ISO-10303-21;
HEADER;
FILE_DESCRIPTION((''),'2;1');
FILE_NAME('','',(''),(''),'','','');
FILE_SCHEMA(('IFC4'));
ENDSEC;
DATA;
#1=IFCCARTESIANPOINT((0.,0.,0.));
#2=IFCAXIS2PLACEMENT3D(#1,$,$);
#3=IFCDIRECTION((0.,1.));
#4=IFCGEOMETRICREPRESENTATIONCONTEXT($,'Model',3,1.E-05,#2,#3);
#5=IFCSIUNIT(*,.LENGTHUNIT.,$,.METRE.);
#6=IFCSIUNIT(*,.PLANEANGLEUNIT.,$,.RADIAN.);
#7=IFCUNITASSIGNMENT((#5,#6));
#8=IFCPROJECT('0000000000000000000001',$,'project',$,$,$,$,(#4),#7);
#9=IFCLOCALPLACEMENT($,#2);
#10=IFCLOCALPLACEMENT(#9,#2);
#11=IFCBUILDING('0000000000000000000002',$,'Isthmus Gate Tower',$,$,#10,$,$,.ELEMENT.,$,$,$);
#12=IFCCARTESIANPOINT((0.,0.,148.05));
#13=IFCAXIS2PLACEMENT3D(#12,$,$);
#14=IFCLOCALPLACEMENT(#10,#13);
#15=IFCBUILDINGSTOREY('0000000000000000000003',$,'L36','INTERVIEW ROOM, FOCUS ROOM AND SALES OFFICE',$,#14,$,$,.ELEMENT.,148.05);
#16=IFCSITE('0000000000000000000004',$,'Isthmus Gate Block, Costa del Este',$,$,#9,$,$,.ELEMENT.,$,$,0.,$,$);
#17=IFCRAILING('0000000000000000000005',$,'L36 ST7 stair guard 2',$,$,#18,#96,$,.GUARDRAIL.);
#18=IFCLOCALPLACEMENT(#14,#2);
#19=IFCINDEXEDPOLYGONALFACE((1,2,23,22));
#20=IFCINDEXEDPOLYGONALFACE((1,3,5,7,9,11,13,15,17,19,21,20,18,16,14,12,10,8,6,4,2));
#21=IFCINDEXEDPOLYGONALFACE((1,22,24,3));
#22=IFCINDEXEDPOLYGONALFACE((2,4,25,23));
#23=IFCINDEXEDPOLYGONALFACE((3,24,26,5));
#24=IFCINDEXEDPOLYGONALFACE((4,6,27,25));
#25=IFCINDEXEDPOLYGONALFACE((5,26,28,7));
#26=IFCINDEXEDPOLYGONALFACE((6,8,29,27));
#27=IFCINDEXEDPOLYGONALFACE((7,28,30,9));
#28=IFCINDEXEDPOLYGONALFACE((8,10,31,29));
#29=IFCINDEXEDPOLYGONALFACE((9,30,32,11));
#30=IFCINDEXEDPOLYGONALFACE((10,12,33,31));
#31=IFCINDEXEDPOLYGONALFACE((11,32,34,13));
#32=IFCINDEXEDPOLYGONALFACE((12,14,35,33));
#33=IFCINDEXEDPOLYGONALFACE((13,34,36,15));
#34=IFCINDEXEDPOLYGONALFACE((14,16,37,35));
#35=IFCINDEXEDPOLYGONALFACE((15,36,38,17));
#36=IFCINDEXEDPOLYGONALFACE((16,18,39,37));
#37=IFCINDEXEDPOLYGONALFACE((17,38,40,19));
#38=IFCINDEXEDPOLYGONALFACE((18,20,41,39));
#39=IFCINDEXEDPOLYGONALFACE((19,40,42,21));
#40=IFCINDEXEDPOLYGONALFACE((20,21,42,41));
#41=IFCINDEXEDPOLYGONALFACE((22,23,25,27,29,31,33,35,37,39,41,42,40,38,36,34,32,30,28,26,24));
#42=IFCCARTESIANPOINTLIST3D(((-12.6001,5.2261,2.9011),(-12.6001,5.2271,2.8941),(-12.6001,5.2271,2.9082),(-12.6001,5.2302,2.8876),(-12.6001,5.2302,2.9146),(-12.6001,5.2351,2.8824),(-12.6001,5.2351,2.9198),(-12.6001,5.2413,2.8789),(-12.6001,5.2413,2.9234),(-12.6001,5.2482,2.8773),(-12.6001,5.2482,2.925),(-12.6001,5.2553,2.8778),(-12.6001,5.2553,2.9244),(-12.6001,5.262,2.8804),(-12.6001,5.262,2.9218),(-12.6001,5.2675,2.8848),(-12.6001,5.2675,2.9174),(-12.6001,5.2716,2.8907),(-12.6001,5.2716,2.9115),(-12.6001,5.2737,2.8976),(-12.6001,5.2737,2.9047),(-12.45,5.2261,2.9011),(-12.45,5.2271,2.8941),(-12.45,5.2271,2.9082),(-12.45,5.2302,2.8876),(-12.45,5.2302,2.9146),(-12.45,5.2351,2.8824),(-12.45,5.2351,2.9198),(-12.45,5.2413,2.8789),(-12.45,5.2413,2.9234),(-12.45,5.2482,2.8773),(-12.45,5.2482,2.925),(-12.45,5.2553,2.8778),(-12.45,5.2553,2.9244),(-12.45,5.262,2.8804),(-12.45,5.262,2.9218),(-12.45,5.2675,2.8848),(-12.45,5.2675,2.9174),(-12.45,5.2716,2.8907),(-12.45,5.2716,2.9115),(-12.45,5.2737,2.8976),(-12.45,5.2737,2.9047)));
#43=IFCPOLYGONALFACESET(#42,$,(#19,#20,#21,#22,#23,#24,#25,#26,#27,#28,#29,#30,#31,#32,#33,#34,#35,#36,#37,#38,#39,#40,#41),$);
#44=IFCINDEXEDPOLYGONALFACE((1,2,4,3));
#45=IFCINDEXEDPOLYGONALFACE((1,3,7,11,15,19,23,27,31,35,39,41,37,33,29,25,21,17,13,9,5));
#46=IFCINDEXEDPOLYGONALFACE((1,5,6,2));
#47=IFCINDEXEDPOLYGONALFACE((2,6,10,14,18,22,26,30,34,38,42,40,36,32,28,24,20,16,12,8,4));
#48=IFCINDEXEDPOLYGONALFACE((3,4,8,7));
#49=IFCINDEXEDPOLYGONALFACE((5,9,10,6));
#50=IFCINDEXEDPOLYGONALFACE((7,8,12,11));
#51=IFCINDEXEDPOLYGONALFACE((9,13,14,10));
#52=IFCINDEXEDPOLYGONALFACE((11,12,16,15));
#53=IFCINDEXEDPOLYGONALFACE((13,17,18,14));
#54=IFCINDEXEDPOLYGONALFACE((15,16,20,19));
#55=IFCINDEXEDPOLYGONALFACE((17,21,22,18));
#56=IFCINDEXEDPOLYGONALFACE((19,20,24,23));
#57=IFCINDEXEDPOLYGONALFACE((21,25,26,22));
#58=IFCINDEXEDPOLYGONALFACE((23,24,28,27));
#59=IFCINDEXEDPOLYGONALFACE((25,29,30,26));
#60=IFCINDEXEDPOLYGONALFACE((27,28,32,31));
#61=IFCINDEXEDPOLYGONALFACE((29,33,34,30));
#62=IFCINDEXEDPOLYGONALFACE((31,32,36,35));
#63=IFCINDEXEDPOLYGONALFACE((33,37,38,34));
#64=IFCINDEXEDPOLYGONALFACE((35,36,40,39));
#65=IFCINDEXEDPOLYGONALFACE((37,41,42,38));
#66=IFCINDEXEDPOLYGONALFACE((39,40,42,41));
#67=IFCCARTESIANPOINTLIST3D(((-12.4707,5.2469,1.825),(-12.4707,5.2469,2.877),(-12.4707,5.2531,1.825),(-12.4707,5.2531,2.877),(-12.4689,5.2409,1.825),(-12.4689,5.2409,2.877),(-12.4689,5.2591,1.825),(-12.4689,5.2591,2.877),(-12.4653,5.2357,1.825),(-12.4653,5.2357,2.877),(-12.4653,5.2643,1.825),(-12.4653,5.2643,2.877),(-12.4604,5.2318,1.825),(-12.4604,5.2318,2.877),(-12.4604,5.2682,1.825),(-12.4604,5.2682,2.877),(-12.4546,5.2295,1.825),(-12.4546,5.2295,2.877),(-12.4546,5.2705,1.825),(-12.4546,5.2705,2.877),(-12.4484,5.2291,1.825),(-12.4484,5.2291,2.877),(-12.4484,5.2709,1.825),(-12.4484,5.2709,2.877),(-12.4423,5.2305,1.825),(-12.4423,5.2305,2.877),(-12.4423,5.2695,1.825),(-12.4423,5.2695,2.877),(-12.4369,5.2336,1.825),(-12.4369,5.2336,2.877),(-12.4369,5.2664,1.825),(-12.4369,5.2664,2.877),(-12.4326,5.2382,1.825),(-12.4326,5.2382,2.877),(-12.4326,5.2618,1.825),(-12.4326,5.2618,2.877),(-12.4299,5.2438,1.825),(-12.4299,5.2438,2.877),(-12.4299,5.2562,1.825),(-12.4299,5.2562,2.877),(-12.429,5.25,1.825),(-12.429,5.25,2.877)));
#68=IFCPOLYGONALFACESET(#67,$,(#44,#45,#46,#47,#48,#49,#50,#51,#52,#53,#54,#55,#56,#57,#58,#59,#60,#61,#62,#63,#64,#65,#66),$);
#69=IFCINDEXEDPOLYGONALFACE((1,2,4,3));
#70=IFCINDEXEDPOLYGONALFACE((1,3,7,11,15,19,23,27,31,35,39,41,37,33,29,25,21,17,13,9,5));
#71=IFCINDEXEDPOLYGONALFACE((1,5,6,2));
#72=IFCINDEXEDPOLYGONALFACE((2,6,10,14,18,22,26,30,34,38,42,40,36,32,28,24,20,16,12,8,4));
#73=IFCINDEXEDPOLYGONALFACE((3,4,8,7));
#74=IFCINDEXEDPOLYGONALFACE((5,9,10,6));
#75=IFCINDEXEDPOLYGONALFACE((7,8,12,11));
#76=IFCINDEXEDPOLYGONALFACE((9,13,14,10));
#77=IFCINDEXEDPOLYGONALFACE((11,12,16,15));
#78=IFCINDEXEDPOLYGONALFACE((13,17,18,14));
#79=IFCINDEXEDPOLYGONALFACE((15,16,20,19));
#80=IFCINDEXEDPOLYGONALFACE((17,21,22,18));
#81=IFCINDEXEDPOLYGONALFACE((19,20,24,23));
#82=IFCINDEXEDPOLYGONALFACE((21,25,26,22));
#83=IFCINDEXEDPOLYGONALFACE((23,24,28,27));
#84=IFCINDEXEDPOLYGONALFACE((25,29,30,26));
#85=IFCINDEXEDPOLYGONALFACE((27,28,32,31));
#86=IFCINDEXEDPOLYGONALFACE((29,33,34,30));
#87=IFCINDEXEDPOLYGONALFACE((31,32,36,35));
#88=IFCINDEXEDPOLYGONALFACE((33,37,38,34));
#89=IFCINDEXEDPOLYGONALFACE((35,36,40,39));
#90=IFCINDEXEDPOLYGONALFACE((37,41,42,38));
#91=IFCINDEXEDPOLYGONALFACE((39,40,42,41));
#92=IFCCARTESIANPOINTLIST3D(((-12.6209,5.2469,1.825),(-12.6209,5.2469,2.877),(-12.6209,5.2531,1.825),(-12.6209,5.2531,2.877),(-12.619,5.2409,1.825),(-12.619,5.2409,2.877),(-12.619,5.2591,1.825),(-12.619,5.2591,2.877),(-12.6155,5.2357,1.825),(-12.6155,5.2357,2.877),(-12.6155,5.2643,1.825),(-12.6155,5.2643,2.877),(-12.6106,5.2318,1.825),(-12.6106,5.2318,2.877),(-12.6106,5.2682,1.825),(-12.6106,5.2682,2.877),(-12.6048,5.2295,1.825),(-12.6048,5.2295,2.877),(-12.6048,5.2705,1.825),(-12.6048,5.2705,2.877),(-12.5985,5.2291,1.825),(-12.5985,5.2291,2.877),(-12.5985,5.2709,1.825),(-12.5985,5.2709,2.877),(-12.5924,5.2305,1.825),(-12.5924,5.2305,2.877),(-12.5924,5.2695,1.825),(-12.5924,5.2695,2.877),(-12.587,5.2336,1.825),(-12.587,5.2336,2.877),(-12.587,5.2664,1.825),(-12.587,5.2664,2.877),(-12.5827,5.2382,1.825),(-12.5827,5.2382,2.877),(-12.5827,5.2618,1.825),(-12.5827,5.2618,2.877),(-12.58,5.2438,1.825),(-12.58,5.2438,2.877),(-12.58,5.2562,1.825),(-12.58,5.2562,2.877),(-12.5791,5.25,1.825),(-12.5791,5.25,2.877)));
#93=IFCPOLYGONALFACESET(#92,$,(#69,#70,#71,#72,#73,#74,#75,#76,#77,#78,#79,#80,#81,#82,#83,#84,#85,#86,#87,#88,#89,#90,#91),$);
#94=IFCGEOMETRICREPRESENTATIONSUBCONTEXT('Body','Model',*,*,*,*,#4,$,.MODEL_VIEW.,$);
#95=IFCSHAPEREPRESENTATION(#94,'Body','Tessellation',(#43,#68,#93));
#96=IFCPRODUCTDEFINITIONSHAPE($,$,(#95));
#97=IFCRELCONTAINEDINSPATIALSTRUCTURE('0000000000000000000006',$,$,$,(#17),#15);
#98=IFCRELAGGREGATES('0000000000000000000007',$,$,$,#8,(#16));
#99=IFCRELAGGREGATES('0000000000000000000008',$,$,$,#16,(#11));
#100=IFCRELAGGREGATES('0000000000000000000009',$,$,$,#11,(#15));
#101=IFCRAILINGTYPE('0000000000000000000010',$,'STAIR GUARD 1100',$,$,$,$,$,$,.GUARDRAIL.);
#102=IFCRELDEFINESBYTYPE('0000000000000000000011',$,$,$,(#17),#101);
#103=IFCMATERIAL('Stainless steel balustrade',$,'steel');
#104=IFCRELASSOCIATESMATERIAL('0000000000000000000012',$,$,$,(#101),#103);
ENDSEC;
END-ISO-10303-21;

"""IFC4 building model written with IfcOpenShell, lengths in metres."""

from ifc_helpers import new_model, si_unit, direction, frame, origin, origin_2d, place, context, subcontext, project, spatial, circle, extrude, material, type_object, element, save


model = new_model("IFC4")

# Units and contexts
model_context = context("Model", 3, precision=1e-05, world=origin(), true_north=direction((0.0, 1.0)))
body_context = subcontext(model_context, "Body", "Model", "MODEL_VIEW")
ifc_project = project(units=[si_unit("LENGTHUNIT", "METRE"), si_unit("PLANEANGLEUNIT", "RADIAN")], contexts=[model_context])

# Site, building, storey
site_placement = place(None, origin())
site = spatial("IfcSite", under=ifc_project, at=site_placement, Name="Isthmus Gate Block, Costa del Este", CompositionType="ELEMENT", RefElevation=0.0)
building_placement = place(site_placement, origin())
building = spatial("IfcBuilding", under=site, at=building_placement, Name="Isthmus Gate Tower", CompositionType="ELEMENT")
storey_placement = place(building_placement, frame((0.0, 0.0, 148.05)))
storey = spatial("IfcBuildingStorey", under=building, at=storey_placement, Name="L36", Description="INTERVIEW ROOM, FOCUS ROOM AND SALES OFFICE", CompositionType="ELEMENT", Elevation=148.05)

# Railing
ifc_material_1 = material(Name="Stainless steel balustrade", Category="steel")
railing_type_1 = type_object("IfcRailingType", Name="STAIR GUARD 1100", PredefinedType="GUARDRAIL", material=ifc_material_1)
railing_1_placement = place(storey_placement, frame((-12.45, 5.25, 1.825)))
element("IfcRailing", 1, at=railing_1_placement, inside=storey, type_object=railing_type_1, Name="L36 ST7 stair guard 2", PredefinedType="GUARDRAIL", context=body_context, shape_type="SweptSolid", body=[
    extrude(circle(Radius=0.0239, at=origin_2d()), frame((0.0, 0.0, 1.0762), z_axis=(-1.0, 0.0, 0.0), x_axis=(0.0, -1.0, 0.0)), (0.0, 0.0, 1.0), 0.1501),
    extrude(circle(Radius=0.021, at=origin_2d()), origin(), (0.0, 0.0, 1.0), 1.052),
    extrude(circle(Radius=0.021, at=origin_2d()), frame((-0.1501, 0.0, 0.0)), (0.0, 0.0, 1.0), 1.052),
])

save(model, "model.ifc")
